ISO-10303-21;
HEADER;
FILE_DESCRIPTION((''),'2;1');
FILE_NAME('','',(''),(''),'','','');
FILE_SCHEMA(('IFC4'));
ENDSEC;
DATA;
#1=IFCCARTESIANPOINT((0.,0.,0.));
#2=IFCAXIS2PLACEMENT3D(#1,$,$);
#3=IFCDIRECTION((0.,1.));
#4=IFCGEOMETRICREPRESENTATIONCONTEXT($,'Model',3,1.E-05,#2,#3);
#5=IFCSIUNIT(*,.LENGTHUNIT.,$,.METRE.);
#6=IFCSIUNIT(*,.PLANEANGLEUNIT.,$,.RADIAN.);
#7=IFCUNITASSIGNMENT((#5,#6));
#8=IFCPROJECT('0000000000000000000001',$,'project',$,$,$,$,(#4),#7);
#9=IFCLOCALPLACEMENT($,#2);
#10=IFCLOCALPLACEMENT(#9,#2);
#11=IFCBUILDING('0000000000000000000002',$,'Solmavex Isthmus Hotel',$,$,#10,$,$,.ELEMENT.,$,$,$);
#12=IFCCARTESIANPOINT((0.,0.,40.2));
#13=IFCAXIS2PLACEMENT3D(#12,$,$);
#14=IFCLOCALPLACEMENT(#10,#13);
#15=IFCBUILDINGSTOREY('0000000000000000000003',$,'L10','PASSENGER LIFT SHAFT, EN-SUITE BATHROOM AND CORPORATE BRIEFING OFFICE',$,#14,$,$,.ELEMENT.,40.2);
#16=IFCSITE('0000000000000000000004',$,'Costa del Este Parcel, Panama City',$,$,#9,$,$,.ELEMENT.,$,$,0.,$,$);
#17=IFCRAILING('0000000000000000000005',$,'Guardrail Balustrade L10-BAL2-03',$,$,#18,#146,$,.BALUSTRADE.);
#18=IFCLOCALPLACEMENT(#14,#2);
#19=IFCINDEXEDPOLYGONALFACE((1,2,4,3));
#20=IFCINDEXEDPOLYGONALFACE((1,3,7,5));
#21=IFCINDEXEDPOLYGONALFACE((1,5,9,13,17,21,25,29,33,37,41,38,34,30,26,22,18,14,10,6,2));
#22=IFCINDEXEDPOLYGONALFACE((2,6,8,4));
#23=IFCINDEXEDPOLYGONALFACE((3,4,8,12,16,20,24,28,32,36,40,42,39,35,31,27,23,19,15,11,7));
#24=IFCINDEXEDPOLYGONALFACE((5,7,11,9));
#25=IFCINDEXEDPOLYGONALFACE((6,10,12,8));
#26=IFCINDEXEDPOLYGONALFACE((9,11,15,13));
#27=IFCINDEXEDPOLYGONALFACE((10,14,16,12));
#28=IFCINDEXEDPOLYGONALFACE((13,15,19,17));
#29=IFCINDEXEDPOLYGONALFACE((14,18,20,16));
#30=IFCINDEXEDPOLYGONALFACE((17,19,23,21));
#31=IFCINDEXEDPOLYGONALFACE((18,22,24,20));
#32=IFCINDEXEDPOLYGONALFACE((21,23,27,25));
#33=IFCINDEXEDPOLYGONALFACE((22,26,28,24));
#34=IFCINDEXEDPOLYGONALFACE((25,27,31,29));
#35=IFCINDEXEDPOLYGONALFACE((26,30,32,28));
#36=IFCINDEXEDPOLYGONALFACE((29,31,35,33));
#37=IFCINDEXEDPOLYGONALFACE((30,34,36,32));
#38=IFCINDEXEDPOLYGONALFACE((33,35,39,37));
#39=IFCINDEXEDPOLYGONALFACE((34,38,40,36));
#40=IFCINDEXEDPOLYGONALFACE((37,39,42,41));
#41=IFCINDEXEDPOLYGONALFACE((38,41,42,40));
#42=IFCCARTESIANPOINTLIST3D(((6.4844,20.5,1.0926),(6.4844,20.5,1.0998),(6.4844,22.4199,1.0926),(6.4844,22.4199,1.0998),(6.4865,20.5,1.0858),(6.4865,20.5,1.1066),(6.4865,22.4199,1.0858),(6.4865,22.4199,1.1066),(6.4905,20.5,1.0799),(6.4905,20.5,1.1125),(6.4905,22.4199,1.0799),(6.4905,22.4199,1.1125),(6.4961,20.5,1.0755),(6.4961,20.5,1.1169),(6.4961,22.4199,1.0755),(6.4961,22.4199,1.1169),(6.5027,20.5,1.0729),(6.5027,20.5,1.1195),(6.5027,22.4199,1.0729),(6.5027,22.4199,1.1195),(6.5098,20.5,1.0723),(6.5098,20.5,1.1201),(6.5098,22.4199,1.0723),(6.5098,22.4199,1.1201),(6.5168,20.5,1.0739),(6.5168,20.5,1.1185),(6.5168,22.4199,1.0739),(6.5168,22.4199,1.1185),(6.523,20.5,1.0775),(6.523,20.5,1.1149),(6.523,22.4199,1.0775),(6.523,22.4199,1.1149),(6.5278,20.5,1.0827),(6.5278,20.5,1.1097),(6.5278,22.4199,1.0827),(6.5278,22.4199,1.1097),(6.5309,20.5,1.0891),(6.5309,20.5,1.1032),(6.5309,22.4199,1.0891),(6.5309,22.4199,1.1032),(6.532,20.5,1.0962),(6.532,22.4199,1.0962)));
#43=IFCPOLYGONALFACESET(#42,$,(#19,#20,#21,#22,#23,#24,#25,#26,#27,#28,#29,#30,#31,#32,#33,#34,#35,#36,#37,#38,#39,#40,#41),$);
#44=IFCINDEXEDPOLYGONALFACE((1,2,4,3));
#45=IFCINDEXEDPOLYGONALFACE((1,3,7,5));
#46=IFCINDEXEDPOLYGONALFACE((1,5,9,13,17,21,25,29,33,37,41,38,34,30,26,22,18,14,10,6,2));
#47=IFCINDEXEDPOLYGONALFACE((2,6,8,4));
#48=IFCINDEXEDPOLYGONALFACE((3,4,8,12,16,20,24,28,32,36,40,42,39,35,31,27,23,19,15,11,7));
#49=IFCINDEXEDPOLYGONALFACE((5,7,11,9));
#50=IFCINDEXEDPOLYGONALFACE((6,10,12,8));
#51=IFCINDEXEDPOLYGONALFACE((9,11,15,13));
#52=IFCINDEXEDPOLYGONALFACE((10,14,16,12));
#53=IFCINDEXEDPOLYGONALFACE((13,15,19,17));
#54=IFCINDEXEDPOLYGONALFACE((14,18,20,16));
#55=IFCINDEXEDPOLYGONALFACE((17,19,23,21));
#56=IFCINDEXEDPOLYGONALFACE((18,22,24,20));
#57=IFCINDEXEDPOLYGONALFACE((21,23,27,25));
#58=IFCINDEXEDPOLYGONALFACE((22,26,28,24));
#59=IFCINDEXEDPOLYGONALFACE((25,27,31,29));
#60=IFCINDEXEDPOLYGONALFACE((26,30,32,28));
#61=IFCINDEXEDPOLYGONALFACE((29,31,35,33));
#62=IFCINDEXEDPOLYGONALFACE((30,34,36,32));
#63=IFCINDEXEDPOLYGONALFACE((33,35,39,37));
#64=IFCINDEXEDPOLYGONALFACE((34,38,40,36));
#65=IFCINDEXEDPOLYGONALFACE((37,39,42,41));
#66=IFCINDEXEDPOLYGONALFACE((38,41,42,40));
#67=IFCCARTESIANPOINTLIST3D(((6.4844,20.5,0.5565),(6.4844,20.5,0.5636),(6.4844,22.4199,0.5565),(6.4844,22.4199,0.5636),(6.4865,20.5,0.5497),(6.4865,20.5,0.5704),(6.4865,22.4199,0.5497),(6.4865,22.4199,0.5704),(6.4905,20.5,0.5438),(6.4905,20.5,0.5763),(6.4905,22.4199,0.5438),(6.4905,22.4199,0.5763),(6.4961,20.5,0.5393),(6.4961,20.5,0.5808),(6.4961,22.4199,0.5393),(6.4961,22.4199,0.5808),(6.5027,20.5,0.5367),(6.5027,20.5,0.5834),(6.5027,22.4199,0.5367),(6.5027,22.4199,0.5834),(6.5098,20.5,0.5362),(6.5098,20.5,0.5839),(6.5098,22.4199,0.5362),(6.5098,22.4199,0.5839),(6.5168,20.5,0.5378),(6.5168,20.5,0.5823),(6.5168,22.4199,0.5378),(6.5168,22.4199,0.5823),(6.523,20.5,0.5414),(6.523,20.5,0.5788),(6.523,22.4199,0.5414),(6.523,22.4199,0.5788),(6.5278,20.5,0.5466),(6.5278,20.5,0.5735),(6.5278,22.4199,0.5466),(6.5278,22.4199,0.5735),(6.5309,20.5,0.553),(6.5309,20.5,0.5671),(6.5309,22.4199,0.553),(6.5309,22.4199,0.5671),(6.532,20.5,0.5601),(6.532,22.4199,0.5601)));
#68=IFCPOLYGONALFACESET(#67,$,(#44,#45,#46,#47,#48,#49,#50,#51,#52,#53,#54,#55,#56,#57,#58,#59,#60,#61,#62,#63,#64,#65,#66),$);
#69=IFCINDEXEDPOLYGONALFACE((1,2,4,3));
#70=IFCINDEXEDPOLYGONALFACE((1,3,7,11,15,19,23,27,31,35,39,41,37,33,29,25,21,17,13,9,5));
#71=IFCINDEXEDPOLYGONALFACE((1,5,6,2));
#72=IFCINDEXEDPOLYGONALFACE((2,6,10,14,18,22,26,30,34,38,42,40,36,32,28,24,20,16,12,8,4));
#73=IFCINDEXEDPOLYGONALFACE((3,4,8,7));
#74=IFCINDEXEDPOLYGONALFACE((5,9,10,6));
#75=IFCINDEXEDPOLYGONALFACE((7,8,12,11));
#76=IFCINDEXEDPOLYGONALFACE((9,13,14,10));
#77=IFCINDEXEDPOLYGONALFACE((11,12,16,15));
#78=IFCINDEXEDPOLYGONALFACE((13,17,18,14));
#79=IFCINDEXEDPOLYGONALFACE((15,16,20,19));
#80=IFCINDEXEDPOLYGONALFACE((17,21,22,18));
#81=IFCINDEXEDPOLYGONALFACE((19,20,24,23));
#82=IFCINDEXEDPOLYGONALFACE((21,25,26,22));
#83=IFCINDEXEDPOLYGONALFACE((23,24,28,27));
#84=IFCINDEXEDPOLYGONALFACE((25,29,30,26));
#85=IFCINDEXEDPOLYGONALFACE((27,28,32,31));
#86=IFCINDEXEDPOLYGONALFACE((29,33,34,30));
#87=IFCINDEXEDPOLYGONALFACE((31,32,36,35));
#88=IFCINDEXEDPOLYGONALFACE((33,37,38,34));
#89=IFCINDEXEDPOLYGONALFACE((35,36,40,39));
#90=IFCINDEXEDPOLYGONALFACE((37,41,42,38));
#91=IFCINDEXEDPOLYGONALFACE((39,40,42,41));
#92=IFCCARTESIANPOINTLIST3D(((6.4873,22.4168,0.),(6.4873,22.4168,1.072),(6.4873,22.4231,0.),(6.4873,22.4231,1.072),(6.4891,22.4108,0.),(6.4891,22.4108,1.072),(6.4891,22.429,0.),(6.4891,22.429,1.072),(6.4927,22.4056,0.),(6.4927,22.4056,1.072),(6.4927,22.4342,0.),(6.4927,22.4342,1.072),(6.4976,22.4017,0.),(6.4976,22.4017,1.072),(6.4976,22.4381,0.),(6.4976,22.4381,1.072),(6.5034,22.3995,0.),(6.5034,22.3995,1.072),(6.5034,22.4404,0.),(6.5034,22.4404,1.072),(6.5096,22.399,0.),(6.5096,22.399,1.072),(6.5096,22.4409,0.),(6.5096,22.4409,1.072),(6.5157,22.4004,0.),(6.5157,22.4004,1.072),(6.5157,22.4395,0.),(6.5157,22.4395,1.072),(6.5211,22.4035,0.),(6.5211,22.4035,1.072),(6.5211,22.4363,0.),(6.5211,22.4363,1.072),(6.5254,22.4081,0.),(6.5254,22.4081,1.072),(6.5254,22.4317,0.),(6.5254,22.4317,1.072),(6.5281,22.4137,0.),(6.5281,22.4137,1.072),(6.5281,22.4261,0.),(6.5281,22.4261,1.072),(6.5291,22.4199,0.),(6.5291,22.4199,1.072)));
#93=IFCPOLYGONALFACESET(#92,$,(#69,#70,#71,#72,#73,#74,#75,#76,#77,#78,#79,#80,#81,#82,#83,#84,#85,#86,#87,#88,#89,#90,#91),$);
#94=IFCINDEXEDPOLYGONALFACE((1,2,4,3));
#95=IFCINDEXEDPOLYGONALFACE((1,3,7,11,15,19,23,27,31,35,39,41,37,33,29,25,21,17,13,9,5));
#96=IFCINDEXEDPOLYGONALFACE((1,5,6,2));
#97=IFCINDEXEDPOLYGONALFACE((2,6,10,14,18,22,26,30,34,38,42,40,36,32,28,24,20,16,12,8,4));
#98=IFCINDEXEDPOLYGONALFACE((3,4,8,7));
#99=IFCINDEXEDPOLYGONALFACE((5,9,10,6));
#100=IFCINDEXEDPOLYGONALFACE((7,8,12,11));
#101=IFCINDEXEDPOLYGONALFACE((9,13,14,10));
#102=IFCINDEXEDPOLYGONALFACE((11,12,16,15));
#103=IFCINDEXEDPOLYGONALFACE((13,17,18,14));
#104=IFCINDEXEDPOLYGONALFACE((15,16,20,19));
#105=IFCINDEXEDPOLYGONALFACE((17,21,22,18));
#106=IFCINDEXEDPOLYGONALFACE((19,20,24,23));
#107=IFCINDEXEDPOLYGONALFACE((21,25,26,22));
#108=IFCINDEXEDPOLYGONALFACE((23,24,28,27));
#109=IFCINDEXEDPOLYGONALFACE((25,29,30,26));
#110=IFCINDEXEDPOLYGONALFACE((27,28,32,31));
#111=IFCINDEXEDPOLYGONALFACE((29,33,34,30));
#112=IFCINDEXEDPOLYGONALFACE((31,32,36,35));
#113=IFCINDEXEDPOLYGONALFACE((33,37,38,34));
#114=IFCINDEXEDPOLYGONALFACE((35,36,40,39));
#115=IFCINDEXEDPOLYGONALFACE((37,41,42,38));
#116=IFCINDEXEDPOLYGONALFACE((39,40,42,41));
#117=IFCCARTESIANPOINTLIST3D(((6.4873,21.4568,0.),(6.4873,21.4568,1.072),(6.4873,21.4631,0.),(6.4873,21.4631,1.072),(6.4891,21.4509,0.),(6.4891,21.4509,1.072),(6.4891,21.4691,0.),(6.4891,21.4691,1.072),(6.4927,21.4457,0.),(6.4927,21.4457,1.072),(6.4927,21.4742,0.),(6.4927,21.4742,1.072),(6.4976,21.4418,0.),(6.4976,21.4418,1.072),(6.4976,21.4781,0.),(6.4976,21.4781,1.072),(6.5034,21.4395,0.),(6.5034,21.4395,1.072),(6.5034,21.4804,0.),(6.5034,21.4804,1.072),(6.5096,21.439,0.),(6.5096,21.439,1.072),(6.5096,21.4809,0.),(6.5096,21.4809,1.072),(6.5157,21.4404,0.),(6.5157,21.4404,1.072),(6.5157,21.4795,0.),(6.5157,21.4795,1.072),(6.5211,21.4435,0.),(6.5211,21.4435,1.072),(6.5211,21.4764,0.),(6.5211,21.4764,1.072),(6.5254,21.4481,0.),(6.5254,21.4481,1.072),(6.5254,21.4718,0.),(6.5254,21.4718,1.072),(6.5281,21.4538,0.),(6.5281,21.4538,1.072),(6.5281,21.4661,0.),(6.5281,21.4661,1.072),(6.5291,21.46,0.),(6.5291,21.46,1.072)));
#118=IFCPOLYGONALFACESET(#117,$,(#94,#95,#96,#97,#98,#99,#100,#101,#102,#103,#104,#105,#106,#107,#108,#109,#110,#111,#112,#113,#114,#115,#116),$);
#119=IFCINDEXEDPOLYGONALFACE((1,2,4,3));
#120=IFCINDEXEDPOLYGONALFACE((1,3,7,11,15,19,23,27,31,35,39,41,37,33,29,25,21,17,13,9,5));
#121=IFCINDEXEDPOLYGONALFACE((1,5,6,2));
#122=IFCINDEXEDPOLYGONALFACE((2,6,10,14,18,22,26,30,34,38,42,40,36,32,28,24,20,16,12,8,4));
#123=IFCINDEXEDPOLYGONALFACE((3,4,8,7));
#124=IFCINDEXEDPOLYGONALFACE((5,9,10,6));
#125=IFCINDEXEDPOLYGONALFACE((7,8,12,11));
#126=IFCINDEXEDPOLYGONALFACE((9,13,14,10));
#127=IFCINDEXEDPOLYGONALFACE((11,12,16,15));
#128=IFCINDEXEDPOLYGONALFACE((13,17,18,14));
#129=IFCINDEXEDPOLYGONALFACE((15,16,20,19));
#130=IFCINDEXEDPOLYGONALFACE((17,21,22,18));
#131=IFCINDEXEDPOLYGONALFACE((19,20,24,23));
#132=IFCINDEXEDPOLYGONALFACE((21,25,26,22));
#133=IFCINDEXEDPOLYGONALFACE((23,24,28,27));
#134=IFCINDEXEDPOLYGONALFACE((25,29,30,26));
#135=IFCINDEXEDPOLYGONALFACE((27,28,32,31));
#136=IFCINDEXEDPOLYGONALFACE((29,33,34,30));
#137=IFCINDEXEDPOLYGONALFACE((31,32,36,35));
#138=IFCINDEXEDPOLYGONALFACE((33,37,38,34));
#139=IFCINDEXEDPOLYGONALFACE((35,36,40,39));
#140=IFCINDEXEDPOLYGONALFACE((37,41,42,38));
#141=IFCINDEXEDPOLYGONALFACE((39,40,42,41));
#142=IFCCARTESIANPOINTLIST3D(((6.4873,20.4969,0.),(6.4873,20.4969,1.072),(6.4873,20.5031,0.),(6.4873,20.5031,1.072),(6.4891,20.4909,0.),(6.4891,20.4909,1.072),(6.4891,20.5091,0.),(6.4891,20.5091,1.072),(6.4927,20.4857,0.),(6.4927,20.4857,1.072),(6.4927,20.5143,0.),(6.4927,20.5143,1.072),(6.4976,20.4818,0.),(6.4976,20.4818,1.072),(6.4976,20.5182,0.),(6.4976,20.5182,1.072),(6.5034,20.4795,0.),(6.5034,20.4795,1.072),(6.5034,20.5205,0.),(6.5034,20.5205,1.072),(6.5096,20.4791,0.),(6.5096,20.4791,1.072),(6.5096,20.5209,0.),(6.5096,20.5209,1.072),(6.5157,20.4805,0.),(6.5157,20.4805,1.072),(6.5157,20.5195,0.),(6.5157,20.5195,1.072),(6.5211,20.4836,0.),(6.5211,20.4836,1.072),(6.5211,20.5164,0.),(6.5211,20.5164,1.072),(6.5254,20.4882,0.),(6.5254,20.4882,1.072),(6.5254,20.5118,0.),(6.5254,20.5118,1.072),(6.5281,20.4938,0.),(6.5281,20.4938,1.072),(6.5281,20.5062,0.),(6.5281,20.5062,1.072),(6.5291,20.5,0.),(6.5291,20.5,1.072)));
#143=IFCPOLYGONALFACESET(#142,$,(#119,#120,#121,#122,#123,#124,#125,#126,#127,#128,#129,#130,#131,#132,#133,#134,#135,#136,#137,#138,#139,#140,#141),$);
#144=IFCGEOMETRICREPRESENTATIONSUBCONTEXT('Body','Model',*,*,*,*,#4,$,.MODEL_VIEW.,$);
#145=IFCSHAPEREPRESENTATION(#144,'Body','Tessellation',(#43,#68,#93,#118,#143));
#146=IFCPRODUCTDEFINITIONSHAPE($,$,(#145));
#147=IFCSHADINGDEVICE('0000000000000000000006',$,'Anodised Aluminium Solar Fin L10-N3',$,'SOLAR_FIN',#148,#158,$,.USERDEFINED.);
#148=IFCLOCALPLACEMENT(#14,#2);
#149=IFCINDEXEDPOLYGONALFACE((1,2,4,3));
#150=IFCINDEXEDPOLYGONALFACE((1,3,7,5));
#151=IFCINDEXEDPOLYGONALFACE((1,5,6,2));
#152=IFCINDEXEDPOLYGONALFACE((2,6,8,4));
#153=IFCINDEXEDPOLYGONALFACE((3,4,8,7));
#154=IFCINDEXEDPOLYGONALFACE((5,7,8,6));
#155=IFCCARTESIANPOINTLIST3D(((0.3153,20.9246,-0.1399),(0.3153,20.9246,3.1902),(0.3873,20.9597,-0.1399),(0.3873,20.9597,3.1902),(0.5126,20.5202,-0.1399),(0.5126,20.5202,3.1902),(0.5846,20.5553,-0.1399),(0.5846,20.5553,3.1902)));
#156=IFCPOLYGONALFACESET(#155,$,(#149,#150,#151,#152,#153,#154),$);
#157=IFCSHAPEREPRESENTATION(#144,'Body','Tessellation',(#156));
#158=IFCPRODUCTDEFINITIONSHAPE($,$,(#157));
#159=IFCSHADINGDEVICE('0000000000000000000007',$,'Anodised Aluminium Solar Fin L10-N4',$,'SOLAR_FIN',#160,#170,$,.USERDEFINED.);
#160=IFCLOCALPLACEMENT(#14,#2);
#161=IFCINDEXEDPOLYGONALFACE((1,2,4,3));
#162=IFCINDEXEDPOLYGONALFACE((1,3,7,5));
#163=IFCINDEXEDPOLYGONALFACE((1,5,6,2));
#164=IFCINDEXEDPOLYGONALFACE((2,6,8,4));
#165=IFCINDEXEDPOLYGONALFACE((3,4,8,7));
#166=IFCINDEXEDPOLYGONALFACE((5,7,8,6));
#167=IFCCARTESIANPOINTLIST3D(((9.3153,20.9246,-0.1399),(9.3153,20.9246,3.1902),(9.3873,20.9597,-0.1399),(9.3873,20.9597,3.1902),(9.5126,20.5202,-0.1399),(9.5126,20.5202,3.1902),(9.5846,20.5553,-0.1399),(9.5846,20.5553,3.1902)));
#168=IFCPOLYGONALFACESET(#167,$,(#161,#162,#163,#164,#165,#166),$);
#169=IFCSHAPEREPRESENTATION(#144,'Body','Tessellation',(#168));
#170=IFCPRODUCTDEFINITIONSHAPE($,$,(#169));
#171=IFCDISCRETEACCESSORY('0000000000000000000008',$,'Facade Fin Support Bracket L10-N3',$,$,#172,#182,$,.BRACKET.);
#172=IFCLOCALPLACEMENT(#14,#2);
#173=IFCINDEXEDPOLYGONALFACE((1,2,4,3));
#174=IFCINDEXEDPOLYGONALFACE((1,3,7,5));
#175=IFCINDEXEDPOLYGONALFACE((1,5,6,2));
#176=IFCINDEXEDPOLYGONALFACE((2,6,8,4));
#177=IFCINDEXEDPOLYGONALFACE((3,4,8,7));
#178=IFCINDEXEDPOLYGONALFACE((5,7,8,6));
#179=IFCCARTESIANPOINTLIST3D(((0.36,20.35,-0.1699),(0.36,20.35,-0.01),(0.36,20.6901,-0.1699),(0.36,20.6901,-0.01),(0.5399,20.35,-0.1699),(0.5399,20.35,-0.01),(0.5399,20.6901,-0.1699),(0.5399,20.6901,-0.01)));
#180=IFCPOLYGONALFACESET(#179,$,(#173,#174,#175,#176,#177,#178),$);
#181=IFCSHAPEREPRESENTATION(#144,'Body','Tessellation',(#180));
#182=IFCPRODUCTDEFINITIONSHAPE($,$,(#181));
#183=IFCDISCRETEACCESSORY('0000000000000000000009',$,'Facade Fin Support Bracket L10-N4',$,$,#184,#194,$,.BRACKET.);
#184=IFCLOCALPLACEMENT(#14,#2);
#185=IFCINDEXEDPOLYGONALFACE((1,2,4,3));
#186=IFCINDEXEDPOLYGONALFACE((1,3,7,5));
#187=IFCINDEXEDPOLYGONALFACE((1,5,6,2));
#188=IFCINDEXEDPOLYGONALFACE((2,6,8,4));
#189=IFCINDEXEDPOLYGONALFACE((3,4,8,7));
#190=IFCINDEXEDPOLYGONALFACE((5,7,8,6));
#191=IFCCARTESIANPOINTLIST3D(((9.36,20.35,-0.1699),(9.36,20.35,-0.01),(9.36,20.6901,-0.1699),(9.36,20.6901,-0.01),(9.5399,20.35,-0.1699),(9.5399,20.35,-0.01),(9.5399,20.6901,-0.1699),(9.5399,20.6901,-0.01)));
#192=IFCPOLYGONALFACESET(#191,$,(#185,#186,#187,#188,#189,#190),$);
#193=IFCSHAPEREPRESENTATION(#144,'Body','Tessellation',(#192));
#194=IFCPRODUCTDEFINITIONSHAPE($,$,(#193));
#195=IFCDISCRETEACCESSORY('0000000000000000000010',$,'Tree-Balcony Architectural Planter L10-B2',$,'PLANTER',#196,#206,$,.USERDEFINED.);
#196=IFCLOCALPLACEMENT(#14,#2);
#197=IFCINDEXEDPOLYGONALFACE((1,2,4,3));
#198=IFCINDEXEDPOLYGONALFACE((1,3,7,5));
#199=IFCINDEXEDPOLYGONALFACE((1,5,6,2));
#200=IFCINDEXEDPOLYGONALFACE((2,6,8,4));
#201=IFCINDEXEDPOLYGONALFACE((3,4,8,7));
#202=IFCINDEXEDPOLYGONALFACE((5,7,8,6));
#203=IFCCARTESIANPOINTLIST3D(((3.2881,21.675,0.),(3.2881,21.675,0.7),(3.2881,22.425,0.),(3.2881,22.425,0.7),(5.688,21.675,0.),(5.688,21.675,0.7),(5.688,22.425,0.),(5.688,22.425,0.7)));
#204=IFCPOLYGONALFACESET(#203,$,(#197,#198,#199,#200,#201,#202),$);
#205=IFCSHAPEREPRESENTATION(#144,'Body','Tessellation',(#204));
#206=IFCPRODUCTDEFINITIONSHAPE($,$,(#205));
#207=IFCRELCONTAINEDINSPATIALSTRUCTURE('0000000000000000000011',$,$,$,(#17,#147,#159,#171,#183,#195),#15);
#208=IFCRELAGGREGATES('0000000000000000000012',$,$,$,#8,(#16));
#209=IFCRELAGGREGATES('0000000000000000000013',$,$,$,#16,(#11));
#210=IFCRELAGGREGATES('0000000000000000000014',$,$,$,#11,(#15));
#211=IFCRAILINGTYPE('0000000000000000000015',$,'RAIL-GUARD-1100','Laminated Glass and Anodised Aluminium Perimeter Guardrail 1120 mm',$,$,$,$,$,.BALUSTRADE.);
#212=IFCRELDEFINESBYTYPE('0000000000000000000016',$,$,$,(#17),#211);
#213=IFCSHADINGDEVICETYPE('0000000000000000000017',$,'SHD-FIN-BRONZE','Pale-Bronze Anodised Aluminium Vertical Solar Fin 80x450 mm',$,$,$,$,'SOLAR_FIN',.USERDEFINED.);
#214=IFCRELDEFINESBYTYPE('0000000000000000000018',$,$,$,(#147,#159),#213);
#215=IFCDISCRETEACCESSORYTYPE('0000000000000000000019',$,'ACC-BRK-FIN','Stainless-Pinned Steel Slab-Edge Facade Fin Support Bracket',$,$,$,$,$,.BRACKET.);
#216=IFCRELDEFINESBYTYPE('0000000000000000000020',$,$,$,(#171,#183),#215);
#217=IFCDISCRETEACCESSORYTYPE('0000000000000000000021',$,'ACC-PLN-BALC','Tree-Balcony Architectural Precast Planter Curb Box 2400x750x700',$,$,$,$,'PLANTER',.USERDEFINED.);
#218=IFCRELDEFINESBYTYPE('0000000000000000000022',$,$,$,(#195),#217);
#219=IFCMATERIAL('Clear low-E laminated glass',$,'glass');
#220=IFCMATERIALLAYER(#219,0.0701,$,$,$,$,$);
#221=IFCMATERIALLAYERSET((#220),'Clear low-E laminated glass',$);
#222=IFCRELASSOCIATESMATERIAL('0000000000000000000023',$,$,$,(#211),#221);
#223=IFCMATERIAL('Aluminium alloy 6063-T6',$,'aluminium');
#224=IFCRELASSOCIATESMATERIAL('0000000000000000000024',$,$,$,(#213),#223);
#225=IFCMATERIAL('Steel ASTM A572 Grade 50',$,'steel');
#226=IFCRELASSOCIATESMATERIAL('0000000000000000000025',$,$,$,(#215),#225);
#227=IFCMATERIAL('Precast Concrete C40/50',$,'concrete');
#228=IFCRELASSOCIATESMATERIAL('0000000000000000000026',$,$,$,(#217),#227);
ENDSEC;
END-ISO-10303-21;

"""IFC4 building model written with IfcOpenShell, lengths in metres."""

from ifc_helpers import new_model, si_unit, direction, frame, origin, origin_2d, place, context, subcontext, project, spatial, rectangle, circle, extrude, material, layer, layer_set, type_object, element, save


model = new_model("IFC4")

# Units and contexts
model_context = context("Model", 3, precision=1e-05, world=origin(), true_north=direction((0.0, 1.0)))
body_context = subcontext(model_context, "Body", "Model", "MODEL_VIEW")
ifc_project = project(units=[si_unit("LENGTHUNIT", "METRE"), si_unit("PLANEANGLEUNIT", "RADIAN")], contexts=[model_context])

# Site, building, storey
site_placement = place(None, origin())
site = spatial("IfcSite", under=ifc_project, at=site_placement, Name="Costa del Este Parcel, Panama City", CompositionType="ELEMENT", RefElevation=0.0)
building_placement = place(site_placement, origin())
building = spatial("IfcBuilding", under=site, at=building_placement, Name="Solmavex Isthmus Hotel", CompositionType="ELEMENT")
storey_placement = place(building_placement, frame((0.0, 0.0, 40.2)))
storey = spatial("IfcBuildingStorey", under=building, at=storey_placement, Name="L10", Description="PASSENGER LIFT SHAFT, EN-SUITE BATHROOM AND CORPORATE BRIEFING OFFICE", CompositionType="ELEMENT", Elevation=40.2)

# Shared definitions
ifc_material_1 = material(Name="Aluminium alloy 6063-T6", Category="aluminium")

# Shared definitions
ifc_material_2 = material(Name="Clear low-E laminated glass", Category="glass")

# Shared definitions
ifc_material_3 = material(Name="Precast Concrete C40/50", Category="concrete")

# Railing
ifc_layer_1 = layer(ifc_material_2, 0.0701)
ifc_layer_set_1 = layer_set([ifc_layer_1], Name="Clear low-E laminated glass")
railing_type = type_object("IfcRailingType", Name="RAIL-GUARD-1100", Description="Laminated Glass and Anodised Aluminium Perimeter Guardrail 1120 mm", PredefinedType="BALUSTRADE", material=ifc_layer_set_1)
railing_1_placement = place(storey_placement, frame((6.5081, 22.4199, 0.0)))
element("IfcRailing", 1, at=railing_1_placement, inside=storey, type_object=railing_type, Name="Guardrail Balustrade L10-BAL2-03", PredefinedType="BALUSTRADE", context=body_context, shape_type="SweptSolid", body=[
    extrude(circle(Radius=0.0239, at=origin_2d()), frame((0.0, 0.0, 1.0962), z_axis=(0.0, -1.0, 0.0), x_axis=(1.0, 0.0, 0.0)), (0.0, 0.0, 1.0), 1.9199),
    extrude(circle(Radius=0.0239, at=origin_2d()), frame((0.0, 0.0, 0.5601), z_axis=(0.0, -1.0, 0.0), x_axis=(1.0, 0.0, 0.0)), (0.0, 0.0, 1.0), 1.9199),
    extrude(circle(Radius=0.021, at=origin_2d()), origin(), (0.0, 0.0, 1.0), 1.072),
    extrude(circle(Radius=0.021, at=origin_2d()), frame((0.0, -0.96, 0.0)), (0.0, 0.0, 1.0), 1.072),
    extrude(circle(Radius=0.021, at=origin_2d()), frame((0.0, -1.9199, 0.0)), (0.0, 0.0, 1.0), 1.072),
])

# Shading devices
shading_device_type = type_object("IfcShadingDeviceType", Name="SHD-FIN-BRONZE", Description="Pale-Bronze Anodised Aluminium Vertical Solar Fin 80x450 mm", ElementType="SOLAR_FIN", PredefinedType="USERDEFINED", material=ifc_material_1)
for number, where, z_axis, x_axis, name in (
    (2, (0.45, 20.74, -0.1399), (0.0, 0.0, 1.0), (-0.438371, 0.898794, 0.0), "Anodised Aluminium Solar Fin L10-N3"),
    (3, (9.45, 20.74, -0.1399), (0.0, 0.0, 1.0), (-0.438371, 0.898794, 0.0), "Anodised Aluminium Solar Fin L10-N4"),
):
    element("IfcShadingDevice", number, at=place(storey_placement, frame(where, z_axis=z_axis, x_axis=x_axis)), inside=storey, type_object=shading_device_type, Name=name, ObjectType="SOLAR_FIN", PredefinedType="USERDEFINED", context=body_context, shape_type="SweptSolid", body=[
        extrude(rectangle(XDim=0.45, YDim=0.0801, at=origin_2d()), origin(), (0.0, 0.0, 1.0), 3.3301),
    ])

# Discrete accessories
ifc_material_4 = material(Name="Steel ASTM A572 Grade 50", Category="steel")
discrete_accessory_type_1 = type_object("IfcDiscreteAccessoryType", Name="ACC-BRK-FIN", Description="Stainless-Pinned Steel Slab-Edge Facade Fin Support Bracket", PredefinedType="BRACKET", material=ifc_material_4)
for number, where, z_axis, x_axis, name in (
    (4, (0.45, 20.52, -0.1699), (0.0, 0.0, 1.0), (0.0, 1.0, 0.0), "Facade Fin Support Bracket L10-N3"),
    (5, (9.45, 20.52, -0.1699), (0.0, 0.0, 1.0), (0.0, 1.0, 0.0), "Facade Fin Support Bracket L10-N4"),
):
    element("IfcDiscreteAccessory", number, at=place(storey_placement, frame(where, z_axis=z_axis, x_axis=x_axis)), inside=storey, type_object=discrete_accessory_type_1, Name=name, PredefinedType="BRACKET", context=body_context, shape_type="SweptSolid", body=[
        extrude(rectangle(XDim=0.3401, YDim=0.1799, at=origin_2d()), origin(), (0.0, 0.0, 1.0), 0.1599),
    ])
discrete_accessory_type_2 = type_object("IfcDiscreteAccessoryType", Name="ACC-PLN-BALC", Description="Tree-Balcony Architectural Precast Planter Curb Box 2400x750x700", ElementType="PLANTER", PredefinedType="USERDEFINED", material=ifc_material_3)
discrete_accessory_placement = place(storey_placement, frame((4.488, 22.05, 0.0), z_axis=(0.0, 0.0, 1.0), x_axis=(1.0, 0.0, 0.0)))
element("IfcDiscreteAccessory", 6, at=discrete_accessory_placement, inside=storey, type_object=discrete_accessory_type_2, Name="Tree-Balcony Architectural Planter L10-B2", ObjectType="PLANTER", PredefinedType="USERDEFINED", context=body_context, shape_type="SweptSolid", body=[
    extrude(rectangle(XDim=2.3999, YDim=0.75, at=origin_2d()), origin(), (0.0, 0.0, 1.0), 0.7),
])

save(model, "model.ifc")
